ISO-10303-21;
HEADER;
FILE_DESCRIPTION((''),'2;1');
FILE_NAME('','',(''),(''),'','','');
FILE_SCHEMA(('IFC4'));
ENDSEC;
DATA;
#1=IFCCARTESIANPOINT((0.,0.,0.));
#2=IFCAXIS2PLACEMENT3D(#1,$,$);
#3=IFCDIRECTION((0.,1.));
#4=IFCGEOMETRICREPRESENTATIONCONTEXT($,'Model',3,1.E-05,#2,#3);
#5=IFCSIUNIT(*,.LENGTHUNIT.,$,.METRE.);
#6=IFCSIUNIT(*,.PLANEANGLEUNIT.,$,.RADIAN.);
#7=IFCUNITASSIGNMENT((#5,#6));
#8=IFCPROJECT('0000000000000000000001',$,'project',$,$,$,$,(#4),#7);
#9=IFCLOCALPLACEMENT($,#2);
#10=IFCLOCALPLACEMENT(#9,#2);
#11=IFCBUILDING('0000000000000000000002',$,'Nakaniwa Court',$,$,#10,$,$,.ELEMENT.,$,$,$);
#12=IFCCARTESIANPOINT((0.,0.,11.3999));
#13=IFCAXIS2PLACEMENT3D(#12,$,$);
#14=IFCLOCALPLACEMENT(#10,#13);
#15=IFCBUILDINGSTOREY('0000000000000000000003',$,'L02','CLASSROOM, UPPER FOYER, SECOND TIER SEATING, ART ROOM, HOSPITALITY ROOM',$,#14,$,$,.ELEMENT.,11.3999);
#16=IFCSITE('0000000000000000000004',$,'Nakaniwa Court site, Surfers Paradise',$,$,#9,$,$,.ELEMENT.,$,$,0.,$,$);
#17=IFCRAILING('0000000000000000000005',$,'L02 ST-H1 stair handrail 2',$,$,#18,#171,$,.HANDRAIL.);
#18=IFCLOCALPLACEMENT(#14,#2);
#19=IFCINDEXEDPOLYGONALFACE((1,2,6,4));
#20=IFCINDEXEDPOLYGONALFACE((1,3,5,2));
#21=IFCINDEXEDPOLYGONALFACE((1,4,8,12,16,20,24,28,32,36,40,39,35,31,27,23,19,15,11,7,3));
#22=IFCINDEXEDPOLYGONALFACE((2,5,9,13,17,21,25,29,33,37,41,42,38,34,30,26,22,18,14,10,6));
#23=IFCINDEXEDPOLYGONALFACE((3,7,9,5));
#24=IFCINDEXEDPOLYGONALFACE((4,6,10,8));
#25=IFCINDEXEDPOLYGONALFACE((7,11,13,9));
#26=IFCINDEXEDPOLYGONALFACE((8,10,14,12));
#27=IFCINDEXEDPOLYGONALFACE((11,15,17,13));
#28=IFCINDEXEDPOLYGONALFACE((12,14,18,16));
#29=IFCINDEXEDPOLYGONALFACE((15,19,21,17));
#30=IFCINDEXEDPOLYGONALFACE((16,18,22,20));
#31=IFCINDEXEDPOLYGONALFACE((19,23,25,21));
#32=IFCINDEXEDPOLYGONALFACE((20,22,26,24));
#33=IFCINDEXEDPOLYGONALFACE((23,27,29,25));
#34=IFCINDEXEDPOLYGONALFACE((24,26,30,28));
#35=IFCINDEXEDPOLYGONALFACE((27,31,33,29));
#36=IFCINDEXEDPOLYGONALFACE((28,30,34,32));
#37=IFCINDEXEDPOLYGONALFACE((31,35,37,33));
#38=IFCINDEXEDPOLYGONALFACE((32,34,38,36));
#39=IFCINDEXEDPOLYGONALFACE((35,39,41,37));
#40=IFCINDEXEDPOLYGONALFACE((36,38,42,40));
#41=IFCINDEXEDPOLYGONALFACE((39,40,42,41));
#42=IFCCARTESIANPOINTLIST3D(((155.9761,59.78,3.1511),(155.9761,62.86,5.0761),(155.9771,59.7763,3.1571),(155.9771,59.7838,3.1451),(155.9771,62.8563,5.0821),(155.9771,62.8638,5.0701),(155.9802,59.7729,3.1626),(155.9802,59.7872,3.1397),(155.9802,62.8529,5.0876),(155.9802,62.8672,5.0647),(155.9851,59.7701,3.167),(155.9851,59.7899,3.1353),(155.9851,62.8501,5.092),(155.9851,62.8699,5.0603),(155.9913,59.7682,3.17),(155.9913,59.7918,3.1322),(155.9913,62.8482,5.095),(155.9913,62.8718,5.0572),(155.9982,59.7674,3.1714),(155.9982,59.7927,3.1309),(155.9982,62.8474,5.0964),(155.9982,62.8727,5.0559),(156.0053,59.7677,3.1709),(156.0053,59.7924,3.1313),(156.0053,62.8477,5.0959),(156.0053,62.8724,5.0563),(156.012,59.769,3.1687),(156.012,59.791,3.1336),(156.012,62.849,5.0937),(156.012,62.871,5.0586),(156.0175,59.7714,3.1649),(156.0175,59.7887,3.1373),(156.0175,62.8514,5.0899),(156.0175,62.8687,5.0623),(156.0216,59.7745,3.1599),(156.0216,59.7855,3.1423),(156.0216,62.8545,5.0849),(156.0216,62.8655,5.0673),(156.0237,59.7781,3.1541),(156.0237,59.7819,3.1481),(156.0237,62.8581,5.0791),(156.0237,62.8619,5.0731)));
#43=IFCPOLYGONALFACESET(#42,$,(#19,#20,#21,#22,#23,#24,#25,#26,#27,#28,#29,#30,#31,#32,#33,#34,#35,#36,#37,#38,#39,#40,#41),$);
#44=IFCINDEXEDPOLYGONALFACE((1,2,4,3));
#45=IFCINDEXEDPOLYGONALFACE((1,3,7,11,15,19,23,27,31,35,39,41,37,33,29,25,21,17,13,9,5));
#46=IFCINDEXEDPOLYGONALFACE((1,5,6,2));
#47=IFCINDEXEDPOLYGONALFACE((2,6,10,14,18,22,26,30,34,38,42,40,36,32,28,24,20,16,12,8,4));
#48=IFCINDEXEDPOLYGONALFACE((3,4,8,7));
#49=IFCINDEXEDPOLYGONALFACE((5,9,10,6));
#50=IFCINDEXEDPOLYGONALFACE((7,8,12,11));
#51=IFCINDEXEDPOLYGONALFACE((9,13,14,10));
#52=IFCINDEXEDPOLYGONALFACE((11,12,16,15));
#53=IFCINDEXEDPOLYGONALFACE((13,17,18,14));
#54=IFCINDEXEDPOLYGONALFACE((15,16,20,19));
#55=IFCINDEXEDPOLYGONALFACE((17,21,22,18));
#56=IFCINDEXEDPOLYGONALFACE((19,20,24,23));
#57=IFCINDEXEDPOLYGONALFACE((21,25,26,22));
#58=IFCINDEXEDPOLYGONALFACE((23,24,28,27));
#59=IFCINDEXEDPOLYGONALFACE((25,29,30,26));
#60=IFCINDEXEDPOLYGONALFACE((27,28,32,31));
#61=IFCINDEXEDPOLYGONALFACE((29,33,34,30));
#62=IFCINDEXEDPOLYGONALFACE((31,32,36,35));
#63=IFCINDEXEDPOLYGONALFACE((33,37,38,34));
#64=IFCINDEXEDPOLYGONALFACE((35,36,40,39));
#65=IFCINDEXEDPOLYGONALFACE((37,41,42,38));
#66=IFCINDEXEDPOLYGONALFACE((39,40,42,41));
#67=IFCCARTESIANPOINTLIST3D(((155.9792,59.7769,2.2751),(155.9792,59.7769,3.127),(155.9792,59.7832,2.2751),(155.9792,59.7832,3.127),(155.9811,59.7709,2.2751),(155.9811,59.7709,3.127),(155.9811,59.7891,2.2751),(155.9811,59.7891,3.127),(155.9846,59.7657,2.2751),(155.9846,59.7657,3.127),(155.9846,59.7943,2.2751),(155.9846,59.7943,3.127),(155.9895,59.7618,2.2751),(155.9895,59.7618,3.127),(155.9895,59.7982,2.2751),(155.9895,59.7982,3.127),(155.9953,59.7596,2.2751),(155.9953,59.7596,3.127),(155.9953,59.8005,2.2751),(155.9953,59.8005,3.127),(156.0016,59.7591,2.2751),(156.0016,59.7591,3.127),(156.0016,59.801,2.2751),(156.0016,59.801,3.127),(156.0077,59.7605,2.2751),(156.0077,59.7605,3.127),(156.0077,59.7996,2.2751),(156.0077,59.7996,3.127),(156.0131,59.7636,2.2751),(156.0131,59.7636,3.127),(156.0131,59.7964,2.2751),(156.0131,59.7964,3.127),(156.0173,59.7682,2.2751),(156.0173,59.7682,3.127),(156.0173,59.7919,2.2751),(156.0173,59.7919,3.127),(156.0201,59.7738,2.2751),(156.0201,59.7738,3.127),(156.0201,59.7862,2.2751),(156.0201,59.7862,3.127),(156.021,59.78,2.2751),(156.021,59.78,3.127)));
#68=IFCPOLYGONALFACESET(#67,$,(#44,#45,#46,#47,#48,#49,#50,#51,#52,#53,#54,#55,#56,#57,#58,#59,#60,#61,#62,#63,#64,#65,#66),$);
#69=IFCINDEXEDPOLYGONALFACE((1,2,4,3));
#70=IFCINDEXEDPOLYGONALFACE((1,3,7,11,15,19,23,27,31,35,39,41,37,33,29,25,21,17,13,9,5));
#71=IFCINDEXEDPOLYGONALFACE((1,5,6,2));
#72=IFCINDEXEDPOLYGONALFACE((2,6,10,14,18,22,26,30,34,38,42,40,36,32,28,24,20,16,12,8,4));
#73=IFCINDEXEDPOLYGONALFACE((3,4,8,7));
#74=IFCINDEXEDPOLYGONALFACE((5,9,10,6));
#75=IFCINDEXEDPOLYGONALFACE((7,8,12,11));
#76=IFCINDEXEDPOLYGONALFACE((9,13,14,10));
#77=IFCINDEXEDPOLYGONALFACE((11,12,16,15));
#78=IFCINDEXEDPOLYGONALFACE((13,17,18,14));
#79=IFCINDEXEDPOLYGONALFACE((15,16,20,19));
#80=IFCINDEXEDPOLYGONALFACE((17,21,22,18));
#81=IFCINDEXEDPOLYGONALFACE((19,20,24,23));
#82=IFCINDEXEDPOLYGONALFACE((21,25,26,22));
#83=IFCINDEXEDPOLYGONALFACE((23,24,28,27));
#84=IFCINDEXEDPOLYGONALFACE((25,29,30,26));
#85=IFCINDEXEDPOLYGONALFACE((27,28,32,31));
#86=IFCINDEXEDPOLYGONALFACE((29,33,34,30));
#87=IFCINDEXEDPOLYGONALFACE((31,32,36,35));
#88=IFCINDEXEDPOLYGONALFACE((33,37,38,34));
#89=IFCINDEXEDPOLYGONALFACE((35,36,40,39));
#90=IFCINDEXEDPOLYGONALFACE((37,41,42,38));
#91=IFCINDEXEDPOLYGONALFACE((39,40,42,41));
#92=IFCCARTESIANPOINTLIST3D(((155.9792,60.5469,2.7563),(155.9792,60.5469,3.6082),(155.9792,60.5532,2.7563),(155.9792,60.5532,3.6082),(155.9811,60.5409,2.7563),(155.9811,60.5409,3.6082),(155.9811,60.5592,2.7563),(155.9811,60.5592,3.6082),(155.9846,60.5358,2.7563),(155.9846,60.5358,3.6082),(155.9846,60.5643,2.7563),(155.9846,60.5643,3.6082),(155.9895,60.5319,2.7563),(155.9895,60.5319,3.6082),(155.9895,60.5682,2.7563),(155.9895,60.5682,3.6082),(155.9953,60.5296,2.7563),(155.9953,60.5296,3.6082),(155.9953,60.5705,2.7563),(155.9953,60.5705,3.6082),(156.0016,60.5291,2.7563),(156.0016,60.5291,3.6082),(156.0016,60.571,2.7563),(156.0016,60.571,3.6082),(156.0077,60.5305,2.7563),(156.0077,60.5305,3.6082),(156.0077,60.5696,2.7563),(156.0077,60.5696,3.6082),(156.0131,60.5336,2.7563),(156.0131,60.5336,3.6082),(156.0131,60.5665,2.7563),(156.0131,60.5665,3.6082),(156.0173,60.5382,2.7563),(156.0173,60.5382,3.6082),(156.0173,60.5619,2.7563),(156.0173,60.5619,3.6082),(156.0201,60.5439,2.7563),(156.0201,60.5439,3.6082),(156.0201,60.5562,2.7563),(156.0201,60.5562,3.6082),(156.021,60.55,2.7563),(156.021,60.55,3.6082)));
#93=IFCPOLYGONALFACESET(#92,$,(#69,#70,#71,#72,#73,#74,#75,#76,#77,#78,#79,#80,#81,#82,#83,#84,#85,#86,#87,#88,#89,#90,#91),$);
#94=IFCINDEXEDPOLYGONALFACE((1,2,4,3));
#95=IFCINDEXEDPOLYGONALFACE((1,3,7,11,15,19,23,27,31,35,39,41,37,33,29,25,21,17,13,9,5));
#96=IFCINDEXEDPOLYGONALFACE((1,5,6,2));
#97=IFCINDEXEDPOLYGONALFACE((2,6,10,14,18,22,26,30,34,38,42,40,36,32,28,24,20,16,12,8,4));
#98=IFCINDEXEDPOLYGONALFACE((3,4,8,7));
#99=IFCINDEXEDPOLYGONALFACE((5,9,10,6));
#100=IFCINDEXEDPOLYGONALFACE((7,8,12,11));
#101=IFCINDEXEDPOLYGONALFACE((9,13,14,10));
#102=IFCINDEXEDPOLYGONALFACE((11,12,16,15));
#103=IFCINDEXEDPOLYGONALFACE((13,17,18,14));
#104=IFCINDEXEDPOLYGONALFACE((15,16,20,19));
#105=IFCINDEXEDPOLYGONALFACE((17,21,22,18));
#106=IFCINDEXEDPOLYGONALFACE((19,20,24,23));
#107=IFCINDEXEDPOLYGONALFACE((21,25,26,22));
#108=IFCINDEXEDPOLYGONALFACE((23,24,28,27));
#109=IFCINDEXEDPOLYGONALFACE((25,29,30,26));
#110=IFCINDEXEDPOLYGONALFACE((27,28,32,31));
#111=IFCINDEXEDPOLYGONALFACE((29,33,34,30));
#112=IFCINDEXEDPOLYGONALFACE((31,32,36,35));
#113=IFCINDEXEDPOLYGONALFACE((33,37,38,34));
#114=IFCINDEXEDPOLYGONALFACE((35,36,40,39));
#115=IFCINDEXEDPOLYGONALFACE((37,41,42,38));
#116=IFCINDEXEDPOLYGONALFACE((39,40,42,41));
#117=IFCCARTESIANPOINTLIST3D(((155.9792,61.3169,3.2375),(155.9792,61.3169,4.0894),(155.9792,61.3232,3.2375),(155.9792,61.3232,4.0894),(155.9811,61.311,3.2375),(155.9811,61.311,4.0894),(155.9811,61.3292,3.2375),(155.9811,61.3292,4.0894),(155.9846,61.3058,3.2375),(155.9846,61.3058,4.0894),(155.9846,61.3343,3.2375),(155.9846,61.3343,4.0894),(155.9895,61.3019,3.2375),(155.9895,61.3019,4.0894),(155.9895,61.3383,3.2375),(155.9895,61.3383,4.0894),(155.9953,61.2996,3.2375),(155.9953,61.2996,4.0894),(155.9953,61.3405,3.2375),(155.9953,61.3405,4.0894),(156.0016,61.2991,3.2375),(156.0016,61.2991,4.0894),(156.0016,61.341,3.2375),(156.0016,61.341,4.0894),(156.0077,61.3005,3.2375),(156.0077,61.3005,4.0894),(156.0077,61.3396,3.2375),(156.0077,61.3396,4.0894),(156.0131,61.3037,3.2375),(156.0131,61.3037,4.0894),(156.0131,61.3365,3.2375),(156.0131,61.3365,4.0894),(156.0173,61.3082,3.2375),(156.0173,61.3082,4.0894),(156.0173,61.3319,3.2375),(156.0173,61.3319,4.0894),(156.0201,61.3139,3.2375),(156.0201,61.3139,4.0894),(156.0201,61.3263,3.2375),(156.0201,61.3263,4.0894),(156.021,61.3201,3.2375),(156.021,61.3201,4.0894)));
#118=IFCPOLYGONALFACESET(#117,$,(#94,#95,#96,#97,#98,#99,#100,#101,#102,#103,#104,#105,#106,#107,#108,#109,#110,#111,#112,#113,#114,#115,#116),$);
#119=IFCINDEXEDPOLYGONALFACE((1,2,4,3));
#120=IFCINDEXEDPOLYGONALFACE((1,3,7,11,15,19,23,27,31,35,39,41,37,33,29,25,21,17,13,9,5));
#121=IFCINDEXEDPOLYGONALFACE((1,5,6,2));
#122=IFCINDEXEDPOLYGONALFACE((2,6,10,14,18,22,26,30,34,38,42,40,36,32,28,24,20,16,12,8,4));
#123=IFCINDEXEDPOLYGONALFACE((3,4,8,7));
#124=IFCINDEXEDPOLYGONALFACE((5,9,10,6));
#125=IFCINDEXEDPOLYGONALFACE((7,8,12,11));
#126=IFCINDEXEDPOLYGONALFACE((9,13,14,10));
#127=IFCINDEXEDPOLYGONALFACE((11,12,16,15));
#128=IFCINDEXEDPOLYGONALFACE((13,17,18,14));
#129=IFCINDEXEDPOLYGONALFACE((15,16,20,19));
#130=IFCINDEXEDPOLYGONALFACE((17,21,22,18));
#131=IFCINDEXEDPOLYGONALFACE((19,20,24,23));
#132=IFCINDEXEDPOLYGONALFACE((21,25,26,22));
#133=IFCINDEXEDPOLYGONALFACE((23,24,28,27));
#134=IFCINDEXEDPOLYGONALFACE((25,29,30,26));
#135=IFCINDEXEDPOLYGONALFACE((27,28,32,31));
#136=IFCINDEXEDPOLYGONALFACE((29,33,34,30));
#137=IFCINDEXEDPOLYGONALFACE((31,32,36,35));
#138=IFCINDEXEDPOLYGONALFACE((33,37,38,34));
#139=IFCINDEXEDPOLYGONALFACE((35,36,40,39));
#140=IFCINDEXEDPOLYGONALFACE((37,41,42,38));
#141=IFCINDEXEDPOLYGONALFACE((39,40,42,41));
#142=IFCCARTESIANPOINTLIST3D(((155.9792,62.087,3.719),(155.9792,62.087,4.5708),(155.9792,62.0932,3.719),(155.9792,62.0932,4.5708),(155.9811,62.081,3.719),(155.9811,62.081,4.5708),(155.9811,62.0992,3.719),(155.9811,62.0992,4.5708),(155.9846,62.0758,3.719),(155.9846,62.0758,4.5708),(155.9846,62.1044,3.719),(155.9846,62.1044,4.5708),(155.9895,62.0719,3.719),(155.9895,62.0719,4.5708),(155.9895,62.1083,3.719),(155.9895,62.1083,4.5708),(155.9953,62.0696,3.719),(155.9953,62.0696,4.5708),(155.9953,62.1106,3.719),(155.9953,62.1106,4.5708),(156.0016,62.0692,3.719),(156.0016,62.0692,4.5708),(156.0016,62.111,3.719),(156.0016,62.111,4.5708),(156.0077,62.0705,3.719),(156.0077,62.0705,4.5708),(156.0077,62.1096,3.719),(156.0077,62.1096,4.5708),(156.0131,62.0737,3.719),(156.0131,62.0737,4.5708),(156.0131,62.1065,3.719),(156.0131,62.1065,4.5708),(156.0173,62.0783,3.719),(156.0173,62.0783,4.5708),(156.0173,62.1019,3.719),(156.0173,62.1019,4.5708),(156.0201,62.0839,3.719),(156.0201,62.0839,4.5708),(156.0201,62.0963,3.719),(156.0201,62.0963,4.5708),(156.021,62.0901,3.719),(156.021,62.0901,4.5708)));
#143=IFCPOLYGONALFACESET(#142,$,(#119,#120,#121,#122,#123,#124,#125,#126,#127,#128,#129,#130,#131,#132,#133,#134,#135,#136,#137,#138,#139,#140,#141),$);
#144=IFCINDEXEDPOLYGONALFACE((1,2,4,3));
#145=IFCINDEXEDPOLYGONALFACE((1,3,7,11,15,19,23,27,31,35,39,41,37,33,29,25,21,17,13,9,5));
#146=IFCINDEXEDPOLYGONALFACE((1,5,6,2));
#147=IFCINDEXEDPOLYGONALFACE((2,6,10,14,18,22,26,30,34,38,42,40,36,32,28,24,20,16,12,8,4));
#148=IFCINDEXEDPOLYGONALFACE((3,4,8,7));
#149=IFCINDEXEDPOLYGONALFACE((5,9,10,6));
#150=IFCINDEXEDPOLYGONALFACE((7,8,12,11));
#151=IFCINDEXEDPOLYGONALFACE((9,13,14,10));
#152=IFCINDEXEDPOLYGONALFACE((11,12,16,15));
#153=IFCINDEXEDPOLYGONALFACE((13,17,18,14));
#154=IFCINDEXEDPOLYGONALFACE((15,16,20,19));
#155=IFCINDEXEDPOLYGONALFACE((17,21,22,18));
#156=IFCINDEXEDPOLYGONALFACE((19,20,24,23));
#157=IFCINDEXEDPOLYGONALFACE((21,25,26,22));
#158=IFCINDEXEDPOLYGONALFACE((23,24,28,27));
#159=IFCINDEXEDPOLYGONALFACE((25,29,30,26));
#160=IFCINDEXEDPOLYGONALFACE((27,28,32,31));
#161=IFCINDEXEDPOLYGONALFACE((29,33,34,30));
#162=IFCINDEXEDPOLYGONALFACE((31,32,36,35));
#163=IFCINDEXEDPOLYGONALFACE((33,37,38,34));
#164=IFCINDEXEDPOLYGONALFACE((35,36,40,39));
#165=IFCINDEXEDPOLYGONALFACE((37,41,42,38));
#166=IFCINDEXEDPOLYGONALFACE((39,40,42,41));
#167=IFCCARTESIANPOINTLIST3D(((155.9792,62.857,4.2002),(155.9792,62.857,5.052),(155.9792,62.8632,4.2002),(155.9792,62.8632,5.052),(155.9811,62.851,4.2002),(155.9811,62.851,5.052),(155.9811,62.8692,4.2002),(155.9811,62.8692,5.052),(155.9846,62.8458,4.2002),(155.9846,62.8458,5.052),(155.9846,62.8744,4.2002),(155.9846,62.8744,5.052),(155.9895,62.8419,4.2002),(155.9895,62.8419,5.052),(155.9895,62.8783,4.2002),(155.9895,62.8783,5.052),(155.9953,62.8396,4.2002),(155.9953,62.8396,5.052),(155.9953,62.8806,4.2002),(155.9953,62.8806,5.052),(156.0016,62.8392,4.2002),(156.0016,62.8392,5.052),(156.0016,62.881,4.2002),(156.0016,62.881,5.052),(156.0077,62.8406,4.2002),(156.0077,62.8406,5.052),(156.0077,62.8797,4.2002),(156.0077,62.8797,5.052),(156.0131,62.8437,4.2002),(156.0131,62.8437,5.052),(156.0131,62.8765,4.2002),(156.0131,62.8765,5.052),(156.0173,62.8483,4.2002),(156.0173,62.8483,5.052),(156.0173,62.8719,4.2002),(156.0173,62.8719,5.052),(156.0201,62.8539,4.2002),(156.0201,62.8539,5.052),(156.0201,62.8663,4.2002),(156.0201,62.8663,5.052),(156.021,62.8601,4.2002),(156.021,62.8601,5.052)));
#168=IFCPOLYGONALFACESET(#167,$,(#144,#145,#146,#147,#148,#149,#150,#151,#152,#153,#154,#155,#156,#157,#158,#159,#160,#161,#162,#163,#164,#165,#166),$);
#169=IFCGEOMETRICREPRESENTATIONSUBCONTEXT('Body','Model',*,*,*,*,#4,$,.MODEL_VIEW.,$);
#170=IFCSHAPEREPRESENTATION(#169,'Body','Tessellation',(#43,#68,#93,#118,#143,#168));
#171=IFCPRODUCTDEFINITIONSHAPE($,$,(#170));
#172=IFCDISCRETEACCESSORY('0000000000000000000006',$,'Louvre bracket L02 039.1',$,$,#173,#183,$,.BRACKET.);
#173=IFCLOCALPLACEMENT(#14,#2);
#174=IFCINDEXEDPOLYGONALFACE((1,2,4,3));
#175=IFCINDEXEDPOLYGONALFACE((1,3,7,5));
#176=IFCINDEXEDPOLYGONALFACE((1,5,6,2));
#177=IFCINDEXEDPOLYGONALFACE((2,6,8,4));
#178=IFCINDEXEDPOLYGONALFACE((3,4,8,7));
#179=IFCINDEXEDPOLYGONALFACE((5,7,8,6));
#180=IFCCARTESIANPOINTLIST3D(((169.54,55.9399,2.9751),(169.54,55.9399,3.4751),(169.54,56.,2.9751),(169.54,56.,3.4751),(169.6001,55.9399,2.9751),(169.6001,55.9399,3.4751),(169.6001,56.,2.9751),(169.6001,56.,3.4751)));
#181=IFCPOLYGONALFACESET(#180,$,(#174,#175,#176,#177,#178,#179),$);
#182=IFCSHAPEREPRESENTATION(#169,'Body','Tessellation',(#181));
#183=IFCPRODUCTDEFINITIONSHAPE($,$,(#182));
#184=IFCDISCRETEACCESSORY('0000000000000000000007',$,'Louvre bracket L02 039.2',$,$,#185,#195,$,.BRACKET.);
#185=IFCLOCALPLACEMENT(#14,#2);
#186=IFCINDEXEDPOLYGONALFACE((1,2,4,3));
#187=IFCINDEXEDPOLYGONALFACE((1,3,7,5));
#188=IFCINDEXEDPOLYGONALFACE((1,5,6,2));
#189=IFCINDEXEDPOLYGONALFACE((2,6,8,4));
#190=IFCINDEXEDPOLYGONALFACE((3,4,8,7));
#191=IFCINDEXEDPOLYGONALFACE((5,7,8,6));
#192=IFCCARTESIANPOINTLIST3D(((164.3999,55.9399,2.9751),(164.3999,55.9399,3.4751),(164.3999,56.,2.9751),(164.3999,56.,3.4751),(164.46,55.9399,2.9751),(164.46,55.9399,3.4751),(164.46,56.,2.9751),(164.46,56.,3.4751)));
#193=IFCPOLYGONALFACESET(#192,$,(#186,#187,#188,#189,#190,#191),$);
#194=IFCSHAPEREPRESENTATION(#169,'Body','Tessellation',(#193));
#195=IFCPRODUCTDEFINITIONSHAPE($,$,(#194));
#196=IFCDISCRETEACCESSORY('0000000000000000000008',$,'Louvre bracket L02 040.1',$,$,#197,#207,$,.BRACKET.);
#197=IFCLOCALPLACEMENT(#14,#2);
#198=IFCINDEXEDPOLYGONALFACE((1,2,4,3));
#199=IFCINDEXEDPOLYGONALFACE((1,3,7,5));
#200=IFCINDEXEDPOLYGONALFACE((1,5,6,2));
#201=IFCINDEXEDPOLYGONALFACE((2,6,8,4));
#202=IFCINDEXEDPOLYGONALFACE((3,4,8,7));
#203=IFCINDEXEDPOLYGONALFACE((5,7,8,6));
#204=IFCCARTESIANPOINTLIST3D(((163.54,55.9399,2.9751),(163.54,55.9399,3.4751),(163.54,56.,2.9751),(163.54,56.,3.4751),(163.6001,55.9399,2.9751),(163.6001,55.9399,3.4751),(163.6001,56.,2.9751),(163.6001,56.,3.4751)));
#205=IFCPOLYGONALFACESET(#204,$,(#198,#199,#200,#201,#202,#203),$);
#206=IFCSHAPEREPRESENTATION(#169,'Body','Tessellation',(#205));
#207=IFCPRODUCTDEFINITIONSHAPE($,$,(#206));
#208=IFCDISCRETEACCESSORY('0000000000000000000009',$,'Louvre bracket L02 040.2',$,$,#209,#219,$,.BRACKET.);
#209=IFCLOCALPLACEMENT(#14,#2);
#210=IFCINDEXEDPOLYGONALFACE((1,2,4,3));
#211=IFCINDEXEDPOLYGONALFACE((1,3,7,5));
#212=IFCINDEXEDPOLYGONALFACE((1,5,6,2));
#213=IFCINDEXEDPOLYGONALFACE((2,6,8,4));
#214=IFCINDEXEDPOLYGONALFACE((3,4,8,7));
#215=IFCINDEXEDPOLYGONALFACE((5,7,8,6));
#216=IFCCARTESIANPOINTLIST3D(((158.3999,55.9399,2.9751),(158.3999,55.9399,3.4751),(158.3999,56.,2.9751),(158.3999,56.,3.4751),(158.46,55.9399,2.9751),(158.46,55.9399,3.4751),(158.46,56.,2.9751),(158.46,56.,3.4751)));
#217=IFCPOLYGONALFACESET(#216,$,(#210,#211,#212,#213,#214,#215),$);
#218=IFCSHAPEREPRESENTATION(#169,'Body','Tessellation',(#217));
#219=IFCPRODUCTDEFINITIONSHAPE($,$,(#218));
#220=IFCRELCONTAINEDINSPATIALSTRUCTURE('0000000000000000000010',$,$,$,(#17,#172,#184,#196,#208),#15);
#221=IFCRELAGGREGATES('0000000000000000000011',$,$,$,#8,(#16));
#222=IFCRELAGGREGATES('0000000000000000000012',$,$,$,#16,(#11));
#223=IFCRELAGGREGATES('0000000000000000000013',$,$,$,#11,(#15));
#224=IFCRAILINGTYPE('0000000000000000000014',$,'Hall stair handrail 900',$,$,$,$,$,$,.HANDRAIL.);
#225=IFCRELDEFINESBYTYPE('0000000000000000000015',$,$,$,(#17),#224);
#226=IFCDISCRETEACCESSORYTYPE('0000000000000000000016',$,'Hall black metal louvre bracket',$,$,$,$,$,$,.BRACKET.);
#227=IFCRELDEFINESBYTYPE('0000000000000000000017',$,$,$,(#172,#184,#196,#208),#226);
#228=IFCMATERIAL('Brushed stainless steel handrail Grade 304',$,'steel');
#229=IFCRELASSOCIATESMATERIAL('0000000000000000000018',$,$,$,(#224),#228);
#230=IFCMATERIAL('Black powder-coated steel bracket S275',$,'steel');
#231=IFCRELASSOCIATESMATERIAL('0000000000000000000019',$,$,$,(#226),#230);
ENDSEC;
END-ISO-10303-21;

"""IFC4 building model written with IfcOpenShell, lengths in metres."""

from ifc_helpers import new_model, si_unit, direction, frame, origin, origin_2d, place, context, subcontext, project, spatial, rectangle, circle, extrude, material, type_object, element, save


model = new_model("IFC4")

# Units and contexts
model_context = context("Model", 3, precision=1e-05, world=origin(), true_north=direction((0.0, 1.0)))
body_context = subcontext(model_context, "Body", "Model", "MODEL_VIEW")
ifc_project = project(units=[si_unit("LENGTHUNIT", "METRE"), si_unit("PLANEANGLEUNIT", "RADIAN")], contexts=[model_context])

# Site, building, storey
site_placement = place(None, origin())
site = spatial("IfcSite", under=ifc_project, at=site_placement, Name="Nakaniwa Court site, Surfers Paradise", CompositionType="ELEMENT", RefElevation=0.0)
building_placement = place(site_placement, origin())
building = spatial("IfcBuilding", under=site, at=building_placement, Name="Nakaniwa Court", CompositionType="ELEMENT")
storey_placement = place(building_placement, frame((0.0, 0.0, 11.3999)))
storey = spatial("IfcBuildingStorey", under=building, at=storey_placement, Name="L02", Description="CLASSROOM, UPPER FOYER, SECOND TIER SEATING, ART ROOM, HOSPITALITY ROOM", CompositionType="ELEMENT", Elevation=11.3999)

# Railing
ifc_material_1 = material(Name="Brushed stainless steel handrail Grade 304", Category="steel")
railing_type = type_object("IfcRailingType", Name="Hall stair handrail 900", PredefinedType="HANDRAIL", material=ifc_material_1)
railing_placement = place(storey_placement, frame((156.0, 59.78, 2.2751)))
element("IfcRailing", 1, at=railing_placement, inside=storey, type_object=railing_type, Name="L02 ST-H1 stair handrail 2", PredefinedType="HANDRAIL", context=body_context, shape_type="SweptSolid", body=[
    extrude(circle(Radius=0.0239, at=origin_2d()), frame((0.0, 0.0, 0.876), z_axis=(0.0, 0.847998, 0.529999), x_axis=(-1.0, 0.0, 0.0)), (0.0, 0.0, 1.0), 3.6321),
    extrude(circle(Radius=0.021, at=origin_2d()), origin(), (0.0, 0.0, 1.0), 0.8518),
    extrude(circle(Radius=0.021, at=origin_2d()), frame((0.0, 0.77, 0.4812)), (0.0, 0.0, 1.0), 0.8518),
    extrude(circle(Radius=0.021, at=origin_2d()), frame((0.0, 1.54, 0.9624)), (0.0, 0.0, 1.0), 0.8518),
    extrude(circle(Radius=0.021, at=origin_2d()), frame((0.0, 2.3101, 1.4438)), (0.0, 0.0, 1.0), 0.8518),
    extrude(circle(Radius=0.021, at=origin_2d()), frame((0.0, 3.0801, 1.925)), (0.0, 0.0, 1.0), 0.8518),
])

# Discrete accessories
ifc_material_2 = material(Name="Black powder-coated steel bracket S275", Category="steel")
discrete_accessory_type = type_object("IfcDiscreteAccessoryType", Name="Hall black metal louvre bracket", PredefinedType="BRACKET", material=ifc_material_2)
for number, where, z_axis, x_axis, name in (
    (2, (169.5701, 55.97, 2.9751), (0.0, 0.0, 1.0), (-1.0, 0.0, 0.0), "Louvre bracket L02 039.1"),
    (3, (164.4299, 55.97, 2.9751), (0.0, 0.0, 1.0), (-1.0, 0.0, 0.0), "Louvre bracket L02 039.2"),
    (4, (163.5701, 55.97, 2.9751), (0.0, 0.0, 1.0), (-1.0, 0.0, 0.0), "Louvre bracket L02 040.1"),
    (5, (158.4299, 55.97, 2.9751), (0.0, 0.0, 1.0), (-1.0, 0.0, 0.0), "Louvre bracket L02 040.2"),
):
    element("IfcDiscreteAccessory", number, at=place(storey_placement, frame(where, z_axis=z_axis, x_axis=x_axis)), inside=storey, type_object=discrete_accessory_type, Name=name, PredefinedType="BRACKET", context=body_context, shape_type="SweptSolid", body=[
        extrude(rectangle(XDim=0.0601, YDim=0.0601, at=origin_2d()), origin(), (0.0, 0.0, 1.0), 0.5),
    ])

save(model, "model.ifc")
